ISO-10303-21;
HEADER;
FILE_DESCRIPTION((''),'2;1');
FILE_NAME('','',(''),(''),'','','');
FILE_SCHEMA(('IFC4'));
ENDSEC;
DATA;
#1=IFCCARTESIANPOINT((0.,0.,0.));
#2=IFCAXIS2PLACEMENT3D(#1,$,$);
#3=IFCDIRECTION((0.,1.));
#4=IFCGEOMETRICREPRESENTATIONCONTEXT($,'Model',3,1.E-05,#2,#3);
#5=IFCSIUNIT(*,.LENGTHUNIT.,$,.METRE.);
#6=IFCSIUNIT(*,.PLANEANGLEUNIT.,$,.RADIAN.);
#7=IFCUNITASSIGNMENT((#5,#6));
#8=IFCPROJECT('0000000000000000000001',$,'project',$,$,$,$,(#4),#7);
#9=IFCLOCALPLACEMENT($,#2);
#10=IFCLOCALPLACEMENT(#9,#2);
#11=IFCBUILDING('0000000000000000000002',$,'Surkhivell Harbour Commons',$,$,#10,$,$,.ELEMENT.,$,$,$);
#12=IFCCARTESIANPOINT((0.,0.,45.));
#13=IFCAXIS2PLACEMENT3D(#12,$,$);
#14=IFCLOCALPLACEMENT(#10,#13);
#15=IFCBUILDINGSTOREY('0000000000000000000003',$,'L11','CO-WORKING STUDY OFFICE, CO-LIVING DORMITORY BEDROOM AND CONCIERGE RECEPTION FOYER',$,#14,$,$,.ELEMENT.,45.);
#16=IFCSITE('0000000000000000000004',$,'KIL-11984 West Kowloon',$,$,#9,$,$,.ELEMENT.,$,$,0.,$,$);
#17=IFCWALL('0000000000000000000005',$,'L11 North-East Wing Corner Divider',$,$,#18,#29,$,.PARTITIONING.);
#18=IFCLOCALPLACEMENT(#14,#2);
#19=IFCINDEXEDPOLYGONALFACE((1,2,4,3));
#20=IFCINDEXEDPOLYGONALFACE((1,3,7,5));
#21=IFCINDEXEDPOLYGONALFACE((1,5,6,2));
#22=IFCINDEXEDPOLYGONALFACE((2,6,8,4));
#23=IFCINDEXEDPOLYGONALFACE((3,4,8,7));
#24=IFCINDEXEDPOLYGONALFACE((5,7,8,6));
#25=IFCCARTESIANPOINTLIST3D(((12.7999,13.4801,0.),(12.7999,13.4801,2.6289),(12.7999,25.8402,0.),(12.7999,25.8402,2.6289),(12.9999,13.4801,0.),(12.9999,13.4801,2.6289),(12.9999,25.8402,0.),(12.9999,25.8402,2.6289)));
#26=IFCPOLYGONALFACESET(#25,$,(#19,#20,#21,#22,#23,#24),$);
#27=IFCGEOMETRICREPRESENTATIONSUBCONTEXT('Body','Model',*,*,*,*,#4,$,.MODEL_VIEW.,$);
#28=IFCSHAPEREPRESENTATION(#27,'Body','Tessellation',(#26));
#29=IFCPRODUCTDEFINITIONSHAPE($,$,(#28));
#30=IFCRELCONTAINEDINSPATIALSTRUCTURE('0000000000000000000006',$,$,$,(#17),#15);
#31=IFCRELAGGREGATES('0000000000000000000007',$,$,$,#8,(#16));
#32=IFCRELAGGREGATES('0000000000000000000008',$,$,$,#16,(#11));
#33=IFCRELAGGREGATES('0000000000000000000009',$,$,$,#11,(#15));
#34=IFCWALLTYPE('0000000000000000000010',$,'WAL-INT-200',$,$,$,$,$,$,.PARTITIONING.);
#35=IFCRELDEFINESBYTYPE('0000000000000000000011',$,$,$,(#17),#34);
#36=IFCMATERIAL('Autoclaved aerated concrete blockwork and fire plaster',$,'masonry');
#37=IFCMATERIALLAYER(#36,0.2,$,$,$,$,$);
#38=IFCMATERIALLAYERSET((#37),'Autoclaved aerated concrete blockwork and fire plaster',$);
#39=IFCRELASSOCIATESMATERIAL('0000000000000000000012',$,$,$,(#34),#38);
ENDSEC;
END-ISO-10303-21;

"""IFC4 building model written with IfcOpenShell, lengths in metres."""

from ifc_helpers import new_model, si_unit, direction, frame, frame_2d, origin, place, context, subcontext, project, spatial, rectangle, extrude, material, layer, layer_set, type_object, element, save


model = new_model("IFC4")

# Units and contexts
model_context = context("Model", 3, precision=1e-05, world=origin(), true_north=direction((0.0, 1.0)))
body_context = subcontext(model_context, "Body", "Model", "MODEL_VIEW")
ifc_project = project(units=[si_unit("LENGTHUNIT", "METRE"), si_unit("PLANEANGLEUNIT", "RADIAN")], contexts=[model_context])

# Site, building, storey
site_placement = place(None, origin())
site = spatial("IfcSite", under=ifc_project, at=site_placement, Name="KIL-11984 West Kowloon", CompositionType="ELEMENT", RefElevation=0.0)
building_placement = place(site_placement, origin())
building = spatial("IfcBuilding", under=site, at=building_placement, Name="Surkhivell Harbour Commons", CompositionType="ELEMENT")
storey_placement = place(building_placement, frame((0.0, 0.0, 45.0)))
storey = spatial("IfcBuildingStorey", under=building, at=storey_placement, Name="L11", Description="CO-WORKING STUDY OFFICE, CO-LIVING DORMITORY BEDROOM AND CONCIERGE RECEPTION FOYER", CompositionType="ELEMENT", Elevation=45.0)

# Wall
ifc_material_1 = material(Name="Autoclaved aerated concrete blockwork and fire plaster", Category="masonry")
ifc_layer_1 = layer(ifc_material_1, 0.2)
ifc_layer_set_1 = layer_set([ifc_layer_1], Name="Autoclaved aerated concrete blockwork and fire plaster")
wall_type_1 = type_object("IfcWallType", Name="WAL-INT-200", PredefinedType="PARTITIONING", material=ifc_layer_set_1)
wall_1_placement = place(storey_placement, frame((12.8999, 13.48, 0.0), z_axis=(0.0, 0.0, 1.0), x_axis=(0.0, 1.0, 0.0)))
element("IfcWall", 1, at=wall_1_placement, inside=storey, type_object=wall_type_1, Name="L11 North-East Wing Corner Divider", PredefinedType="PARTITIONING", context=body_context, shape_type="SweptSolid", body=[
    extrude(rectangle(XDim=12.3601, YDim=0.2, at=frame_2d((6.1802, 0.0))), origin(), (0.0, 0.0, 1.0), 2.6289),
])

save(model, "model.ifc")
